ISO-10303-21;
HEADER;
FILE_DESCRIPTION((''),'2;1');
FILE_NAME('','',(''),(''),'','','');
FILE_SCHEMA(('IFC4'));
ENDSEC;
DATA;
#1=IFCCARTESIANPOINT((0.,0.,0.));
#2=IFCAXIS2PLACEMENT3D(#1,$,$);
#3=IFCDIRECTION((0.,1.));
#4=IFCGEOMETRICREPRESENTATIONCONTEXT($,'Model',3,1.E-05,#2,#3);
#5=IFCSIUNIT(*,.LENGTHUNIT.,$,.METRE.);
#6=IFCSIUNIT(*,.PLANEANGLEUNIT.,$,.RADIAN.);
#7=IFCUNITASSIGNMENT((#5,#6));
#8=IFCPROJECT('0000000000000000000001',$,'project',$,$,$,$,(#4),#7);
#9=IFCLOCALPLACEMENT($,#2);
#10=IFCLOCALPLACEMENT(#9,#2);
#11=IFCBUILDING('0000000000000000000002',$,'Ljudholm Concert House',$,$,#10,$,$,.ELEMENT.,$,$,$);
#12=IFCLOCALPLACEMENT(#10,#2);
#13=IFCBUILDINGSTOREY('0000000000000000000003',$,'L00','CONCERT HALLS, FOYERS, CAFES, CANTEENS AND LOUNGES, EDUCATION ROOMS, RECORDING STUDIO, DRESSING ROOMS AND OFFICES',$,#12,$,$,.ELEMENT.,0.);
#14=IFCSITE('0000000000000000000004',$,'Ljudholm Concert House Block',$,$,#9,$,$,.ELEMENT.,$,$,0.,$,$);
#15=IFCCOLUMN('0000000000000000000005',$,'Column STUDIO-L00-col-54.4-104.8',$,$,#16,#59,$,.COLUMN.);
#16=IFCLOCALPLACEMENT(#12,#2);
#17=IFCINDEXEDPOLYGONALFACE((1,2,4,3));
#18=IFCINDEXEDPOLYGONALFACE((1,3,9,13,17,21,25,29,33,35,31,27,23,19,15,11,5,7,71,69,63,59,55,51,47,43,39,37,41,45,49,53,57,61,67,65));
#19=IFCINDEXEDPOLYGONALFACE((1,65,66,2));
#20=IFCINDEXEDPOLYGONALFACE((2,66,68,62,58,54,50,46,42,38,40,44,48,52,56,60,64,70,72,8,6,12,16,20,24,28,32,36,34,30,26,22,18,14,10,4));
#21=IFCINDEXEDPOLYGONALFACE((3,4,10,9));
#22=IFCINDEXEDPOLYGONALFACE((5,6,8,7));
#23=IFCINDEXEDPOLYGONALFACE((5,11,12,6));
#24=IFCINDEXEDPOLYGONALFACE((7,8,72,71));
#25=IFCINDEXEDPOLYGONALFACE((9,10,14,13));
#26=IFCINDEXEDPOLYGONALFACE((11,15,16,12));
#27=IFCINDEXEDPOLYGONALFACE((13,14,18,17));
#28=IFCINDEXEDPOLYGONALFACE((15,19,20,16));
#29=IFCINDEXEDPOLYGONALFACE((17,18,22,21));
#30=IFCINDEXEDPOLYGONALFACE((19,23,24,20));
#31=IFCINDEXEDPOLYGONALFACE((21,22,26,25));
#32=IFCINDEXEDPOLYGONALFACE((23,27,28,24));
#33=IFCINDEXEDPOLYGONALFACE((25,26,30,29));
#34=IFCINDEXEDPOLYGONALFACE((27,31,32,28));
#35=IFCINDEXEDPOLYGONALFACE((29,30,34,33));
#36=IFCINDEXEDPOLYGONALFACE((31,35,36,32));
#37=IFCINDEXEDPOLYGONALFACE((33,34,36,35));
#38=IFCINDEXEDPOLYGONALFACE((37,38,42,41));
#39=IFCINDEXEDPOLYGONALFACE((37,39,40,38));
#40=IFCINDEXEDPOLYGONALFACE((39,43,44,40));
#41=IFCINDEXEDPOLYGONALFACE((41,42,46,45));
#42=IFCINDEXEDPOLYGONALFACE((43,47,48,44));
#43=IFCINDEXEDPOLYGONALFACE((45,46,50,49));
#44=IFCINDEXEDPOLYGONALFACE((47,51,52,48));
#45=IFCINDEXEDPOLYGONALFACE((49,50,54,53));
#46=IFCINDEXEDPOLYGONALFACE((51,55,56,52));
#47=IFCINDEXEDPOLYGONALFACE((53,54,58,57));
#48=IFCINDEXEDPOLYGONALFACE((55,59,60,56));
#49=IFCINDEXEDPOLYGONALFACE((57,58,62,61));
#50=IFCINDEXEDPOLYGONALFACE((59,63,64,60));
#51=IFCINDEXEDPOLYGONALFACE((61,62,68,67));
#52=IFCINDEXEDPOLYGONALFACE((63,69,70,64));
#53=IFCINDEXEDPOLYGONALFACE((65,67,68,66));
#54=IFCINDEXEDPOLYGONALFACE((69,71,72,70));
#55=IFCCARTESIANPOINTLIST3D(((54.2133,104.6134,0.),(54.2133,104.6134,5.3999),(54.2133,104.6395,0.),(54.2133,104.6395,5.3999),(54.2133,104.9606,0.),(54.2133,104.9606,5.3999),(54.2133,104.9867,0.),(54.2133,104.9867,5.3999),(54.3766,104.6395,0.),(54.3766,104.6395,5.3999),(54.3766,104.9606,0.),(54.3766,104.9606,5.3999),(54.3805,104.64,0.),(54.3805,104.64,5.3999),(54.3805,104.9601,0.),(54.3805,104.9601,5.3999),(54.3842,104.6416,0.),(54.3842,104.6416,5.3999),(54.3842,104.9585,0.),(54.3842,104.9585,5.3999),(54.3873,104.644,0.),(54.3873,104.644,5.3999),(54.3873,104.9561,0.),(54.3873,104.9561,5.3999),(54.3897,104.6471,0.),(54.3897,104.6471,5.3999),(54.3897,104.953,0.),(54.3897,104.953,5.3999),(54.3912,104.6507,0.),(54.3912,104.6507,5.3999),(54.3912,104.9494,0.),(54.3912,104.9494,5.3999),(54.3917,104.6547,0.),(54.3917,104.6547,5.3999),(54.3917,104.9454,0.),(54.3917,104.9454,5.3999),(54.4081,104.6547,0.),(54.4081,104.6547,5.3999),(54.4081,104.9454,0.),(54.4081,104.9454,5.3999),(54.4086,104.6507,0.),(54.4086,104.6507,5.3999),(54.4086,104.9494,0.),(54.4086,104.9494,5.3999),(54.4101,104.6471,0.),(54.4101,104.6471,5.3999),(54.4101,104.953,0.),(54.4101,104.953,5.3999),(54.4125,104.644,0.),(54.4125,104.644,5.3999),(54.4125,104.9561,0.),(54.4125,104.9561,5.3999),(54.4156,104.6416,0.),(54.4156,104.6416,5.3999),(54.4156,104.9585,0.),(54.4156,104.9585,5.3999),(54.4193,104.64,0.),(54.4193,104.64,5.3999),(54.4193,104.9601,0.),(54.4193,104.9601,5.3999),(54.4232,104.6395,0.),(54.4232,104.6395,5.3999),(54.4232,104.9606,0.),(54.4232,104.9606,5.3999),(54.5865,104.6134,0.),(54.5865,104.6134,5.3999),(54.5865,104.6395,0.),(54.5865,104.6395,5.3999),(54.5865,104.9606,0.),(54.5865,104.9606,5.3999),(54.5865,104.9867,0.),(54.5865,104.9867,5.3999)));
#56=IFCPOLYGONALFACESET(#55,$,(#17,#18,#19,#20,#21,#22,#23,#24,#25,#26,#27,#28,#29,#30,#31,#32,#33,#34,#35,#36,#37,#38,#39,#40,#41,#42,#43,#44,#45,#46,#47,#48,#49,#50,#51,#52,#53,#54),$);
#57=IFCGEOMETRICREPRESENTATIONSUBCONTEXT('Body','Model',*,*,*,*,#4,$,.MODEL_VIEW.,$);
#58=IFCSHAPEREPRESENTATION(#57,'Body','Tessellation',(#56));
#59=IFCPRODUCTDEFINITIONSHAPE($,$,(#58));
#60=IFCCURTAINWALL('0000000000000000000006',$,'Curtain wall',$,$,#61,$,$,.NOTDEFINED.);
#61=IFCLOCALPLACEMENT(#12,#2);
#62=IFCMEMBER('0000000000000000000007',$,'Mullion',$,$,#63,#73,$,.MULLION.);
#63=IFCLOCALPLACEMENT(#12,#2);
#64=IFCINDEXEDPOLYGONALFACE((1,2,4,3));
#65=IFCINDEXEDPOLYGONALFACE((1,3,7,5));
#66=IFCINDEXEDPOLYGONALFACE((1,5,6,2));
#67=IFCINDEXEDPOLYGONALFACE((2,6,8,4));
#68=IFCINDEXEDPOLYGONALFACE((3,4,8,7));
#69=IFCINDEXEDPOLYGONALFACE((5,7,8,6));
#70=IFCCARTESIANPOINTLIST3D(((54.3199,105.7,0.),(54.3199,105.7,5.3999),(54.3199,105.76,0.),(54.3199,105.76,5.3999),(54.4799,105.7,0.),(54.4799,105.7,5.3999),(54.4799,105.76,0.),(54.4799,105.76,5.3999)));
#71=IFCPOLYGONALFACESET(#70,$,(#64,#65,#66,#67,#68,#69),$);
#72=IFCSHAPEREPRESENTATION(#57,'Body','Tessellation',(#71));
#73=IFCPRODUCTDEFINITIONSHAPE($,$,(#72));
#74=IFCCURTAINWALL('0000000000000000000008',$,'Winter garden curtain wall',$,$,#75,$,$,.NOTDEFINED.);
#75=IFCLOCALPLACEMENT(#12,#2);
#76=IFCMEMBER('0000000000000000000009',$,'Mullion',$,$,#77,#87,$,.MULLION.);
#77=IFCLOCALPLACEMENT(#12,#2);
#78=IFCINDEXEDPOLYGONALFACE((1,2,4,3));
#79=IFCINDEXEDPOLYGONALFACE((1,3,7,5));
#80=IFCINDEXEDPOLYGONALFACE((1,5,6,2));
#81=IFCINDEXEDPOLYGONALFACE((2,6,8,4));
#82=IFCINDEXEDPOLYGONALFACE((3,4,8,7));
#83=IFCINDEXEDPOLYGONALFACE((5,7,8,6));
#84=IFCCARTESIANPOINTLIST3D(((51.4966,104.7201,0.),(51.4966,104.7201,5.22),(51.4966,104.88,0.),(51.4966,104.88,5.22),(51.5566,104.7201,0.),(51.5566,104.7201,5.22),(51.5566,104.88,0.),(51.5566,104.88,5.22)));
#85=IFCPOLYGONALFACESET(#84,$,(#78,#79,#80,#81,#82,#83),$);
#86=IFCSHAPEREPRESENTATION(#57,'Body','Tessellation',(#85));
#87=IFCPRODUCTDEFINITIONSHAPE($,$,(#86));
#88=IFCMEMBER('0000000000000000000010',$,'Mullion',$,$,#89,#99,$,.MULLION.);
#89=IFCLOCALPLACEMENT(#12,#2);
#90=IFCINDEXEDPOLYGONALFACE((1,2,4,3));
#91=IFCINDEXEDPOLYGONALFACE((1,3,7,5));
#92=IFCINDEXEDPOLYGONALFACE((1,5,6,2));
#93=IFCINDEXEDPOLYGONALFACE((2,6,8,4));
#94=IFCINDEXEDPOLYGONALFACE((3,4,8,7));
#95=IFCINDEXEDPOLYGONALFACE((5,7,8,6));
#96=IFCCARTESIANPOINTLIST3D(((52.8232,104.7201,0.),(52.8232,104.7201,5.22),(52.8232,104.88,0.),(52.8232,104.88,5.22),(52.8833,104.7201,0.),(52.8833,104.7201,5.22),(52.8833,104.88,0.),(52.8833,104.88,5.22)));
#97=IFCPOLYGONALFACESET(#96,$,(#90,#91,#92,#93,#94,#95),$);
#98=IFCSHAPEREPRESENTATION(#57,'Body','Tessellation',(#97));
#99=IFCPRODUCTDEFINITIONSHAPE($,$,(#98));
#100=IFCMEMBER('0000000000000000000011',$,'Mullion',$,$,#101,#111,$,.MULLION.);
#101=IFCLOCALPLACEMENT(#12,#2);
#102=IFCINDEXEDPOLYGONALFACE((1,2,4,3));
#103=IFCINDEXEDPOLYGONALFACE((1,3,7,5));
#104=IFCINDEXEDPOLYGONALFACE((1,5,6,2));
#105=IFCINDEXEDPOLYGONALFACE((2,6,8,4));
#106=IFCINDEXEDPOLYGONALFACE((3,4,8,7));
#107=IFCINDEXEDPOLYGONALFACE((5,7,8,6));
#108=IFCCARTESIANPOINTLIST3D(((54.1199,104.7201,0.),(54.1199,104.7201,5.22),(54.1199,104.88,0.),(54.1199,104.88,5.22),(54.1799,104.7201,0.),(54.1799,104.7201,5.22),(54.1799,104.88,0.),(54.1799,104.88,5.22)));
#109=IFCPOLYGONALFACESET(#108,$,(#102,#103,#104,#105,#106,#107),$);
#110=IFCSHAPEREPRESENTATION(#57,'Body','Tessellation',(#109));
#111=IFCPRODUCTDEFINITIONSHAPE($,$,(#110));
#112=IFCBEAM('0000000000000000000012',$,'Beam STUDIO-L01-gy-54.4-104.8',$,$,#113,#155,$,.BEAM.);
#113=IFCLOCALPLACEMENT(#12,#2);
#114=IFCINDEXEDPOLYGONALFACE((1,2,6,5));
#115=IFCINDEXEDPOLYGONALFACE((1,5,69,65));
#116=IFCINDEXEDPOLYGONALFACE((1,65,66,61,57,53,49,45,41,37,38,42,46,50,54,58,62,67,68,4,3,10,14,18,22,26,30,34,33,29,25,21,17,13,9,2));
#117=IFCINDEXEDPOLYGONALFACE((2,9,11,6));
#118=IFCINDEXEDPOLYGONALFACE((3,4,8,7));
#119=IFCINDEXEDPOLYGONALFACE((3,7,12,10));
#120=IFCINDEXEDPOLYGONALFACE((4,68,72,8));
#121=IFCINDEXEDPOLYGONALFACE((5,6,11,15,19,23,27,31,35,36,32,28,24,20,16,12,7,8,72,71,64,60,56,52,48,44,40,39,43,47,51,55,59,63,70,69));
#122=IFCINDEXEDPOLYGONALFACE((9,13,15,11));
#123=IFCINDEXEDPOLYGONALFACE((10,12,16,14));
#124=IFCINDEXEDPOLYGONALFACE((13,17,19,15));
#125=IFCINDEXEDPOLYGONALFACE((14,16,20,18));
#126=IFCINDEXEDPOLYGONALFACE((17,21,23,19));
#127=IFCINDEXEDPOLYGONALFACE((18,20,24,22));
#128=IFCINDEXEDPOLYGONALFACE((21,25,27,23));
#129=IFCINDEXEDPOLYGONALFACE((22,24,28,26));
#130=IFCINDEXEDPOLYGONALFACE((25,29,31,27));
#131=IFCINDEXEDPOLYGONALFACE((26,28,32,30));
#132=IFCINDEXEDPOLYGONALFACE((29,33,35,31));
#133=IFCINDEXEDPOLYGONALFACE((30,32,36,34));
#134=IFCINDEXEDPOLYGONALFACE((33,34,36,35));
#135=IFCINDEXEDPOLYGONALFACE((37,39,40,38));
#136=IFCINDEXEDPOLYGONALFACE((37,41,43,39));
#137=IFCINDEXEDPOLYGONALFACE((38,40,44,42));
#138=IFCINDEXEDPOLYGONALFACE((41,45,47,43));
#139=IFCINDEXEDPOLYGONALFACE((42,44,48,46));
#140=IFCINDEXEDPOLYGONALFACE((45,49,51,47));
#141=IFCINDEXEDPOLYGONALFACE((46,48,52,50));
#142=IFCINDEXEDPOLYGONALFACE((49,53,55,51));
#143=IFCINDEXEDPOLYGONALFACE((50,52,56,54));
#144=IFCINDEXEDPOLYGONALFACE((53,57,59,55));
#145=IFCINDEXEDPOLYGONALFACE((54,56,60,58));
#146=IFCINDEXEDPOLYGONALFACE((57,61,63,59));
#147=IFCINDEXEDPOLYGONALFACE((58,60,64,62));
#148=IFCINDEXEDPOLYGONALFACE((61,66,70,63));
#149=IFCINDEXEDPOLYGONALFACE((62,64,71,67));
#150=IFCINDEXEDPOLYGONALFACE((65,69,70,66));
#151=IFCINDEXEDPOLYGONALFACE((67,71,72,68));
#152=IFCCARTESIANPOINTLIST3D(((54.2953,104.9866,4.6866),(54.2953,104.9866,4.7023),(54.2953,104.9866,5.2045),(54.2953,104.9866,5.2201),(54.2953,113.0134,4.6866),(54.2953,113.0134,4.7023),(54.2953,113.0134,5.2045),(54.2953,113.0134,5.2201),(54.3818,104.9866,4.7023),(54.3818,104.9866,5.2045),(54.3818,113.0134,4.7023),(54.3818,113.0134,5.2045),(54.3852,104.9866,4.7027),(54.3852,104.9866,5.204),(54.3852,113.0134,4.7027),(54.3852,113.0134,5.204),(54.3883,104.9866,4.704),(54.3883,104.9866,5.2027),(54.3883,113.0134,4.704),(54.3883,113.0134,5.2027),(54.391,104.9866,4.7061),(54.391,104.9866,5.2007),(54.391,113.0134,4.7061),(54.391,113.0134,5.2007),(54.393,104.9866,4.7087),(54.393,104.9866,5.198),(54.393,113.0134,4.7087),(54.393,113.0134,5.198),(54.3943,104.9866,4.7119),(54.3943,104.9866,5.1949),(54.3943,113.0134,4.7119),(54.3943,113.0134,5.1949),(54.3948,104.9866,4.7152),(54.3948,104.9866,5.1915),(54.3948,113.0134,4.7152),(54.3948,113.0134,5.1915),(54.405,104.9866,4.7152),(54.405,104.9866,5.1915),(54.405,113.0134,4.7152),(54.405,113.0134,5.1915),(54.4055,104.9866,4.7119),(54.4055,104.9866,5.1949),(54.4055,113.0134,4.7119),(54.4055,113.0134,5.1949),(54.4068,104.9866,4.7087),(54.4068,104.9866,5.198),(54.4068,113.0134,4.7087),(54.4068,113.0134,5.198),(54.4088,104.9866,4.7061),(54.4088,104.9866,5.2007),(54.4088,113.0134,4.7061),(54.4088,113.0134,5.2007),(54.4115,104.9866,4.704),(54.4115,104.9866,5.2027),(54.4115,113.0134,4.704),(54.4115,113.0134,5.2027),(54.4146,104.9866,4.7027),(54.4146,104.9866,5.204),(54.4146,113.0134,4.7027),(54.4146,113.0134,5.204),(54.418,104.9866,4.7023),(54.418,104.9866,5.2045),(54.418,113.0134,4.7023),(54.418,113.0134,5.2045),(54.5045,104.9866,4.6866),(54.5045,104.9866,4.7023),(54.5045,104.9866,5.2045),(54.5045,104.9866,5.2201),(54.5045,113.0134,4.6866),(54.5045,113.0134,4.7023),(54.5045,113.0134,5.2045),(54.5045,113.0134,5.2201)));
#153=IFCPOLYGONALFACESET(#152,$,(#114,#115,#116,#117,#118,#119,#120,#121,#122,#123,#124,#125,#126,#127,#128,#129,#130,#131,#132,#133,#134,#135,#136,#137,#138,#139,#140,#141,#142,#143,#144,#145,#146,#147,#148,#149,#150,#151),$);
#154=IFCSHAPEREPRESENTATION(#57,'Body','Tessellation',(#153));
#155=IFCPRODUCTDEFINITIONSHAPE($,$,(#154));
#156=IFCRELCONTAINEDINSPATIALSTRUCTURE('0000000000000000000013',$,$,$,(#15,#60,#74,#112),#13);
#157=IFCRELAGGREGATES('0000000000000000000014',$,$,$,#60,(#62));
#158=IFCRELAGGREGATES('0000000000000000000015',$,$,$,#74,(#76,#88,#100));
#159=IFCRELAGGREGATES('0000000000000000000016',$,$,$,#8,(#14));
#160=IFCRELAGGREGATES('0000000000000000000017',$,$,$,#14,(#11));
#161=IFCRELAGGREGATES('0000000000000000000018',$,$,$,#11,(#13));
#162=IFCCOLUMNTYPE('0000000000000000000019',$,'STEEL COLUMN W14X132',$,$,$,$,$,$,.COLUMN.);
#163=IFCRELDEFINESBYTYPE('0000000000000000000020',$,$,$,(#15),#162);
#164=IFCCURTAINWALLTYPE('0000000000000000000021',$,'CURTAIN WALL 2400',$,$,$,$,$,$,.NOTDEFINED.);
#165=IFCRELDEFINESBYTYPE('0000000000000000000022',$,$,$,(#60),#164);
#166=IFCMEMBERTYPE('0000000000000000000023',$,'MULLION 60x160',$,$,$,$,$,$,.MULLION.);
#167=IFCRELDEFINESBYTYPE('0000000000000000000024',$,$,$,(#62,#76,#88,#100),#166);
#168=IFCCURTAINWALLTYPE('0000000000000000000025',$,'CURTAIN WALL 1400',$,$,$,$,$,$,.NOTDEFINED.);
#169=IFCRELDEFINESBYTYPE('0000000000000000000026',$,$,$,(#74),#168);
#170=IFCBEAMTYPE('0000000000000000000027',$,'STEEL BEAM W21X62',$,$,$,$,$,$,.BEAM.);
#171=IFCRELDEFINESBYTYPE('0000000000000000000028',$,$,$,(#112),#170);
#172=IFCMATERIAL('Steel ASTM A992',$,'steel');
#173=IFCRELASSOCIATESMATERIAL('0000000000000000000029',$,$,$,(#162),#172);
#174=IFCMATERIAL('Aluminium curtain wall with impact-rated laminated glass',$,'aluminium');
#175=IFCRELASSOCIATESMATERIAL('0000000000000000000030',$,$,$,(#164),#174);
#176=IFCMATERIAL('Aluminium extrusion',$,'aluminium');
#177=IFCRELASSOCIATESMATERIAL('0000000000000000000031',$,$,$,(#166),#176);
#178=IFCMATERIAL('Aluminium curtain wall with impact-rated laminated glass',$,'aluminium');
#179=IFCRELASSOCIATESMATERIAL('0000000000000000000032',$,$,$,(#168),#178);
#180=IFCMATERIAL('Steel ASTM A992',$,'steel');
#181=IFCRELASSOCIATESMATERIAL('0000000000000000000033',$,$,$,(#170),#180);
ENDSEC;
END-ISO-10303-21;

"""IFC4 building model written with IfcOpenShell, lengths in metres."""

from ifc_helpers import new_model, si_unit, direction, frame, origin, origin_2d, place, context, subcontext, project, spatial, rectangle, i_section, extrude, material, material_profile, profile_set, type_object, element, aggregate, save


model = new_model("IFC4")

# Units and contexts
model_context = context("Model", 3, precision=1e-05, world=origin(), true_north=direction((0.0, 1.0)))
body_context = subcontext(model_context, "Body", "Model", "MODEL_VIEW")
ifc_project = project(units=[si_unit("LENGTHUNIT", "METRE"), si_unit("PLANEANGLEUNIT", "RADIAN")], contexts=[model_context])

# Site, building, storey
site_placement = place(None, origin())
site = spatial("IfcSite", under=ifc_project, at=site_placement, Name="Ljudholm Concert House Block", CompositionType="ELEMENT", RefElevation=0.0)
building_placement = place(site_placement, origin())
building = spatial("IfcBuilding", under=site, at=building_placement, Name="Ljudholm Concert House", CompositionType="ELEMENT")
storey_placement = place(building_placement, origin())
storey = spatial("IfcBuildingStorey", under=building, at=storey_placement, Name="L00", Description="CONCERT HALLS, FOYERS, CAFES, CANTEENS AND LOUNGES, EDUCATION ROOMS, RECORDING STUDIO, DRESSING ROOMS AND OFFICES", CompositionType="ELEMENT", Elevation=0.0)

# Column
ifc_material_1 = material(Name="Steel ASTM A992", Category="steel")
ifc_material_profile_1 = material_profile(ifc_material_1, i_section(OverallWidth=0.3733, OverallDepth=0.3733, WebThickness=0.0164, FlangeThickness=0.0261, FilletRadius=0.0151, at=origin_2d()), Name="W14X132")
ifc_profile_set_1 = profile_set([ifc_material_profile_1], Name="Steel ASTM A992")
column_type = type_object("IfcColumnType", Name="STEEL COLUMN W14X132", PredefinedType="COLUMN", material=ifc_profile_set_1)
column_placement = place(storey_placement, frame((54.3999, 104.8, 0.0), z_axis=(0.0, 0.0, 1.0), x_axis=(1.0, 0.0, 0.0)))
element("IfcColumn", 1, at=column_placement, inside=storey, type_object=column_type, Name="Column STUDIO-L00-col-54.4-104.8", PredefinedType="COLUMN", context=body_context, shape_type="SweptSolid", body=[
    extrude(i_section(OverallWidth=0.3733, OverallDepth=0.3733, WebThickness=0.0164, FlangeThickness=0.0261, FilletRadius=0.0151, at=origin_2d()), origin(), (0.0, 0.0, 1.0), 5.3999),
])

# Curtain wall, member
ifc_material_2 = material(Name="Aluminium curtain wall with impact-rated laminated glass", Category="aluminium")
curtain_wall_type_1 = type_object("IfcCurtainWallType", Name="CURTAIN WALL 2400", PredefinedType="NOTDEFINED", material=ifc_material_2)
curtain_wall_1_placement = place(storey_placement, origin())
curtain_wall_1 = element("IfcCurtainWall", 2, at=curtain_wall_1_placement, inside=storey, type_object=curtain_wall_type_1, Name="Curtain wall", PredefinedType="NOTDEFINED")
ifc_material_3 = material(Name="Aluminium extrusion", Category="aluminium")
ifc_material_profile_2 = material_profile(ifc_material_3, rectangle(XDim=0.1599, YDim=0.0601, at=origin_2d()), Name="MULLION 60x160")
ifc_profile_set_2 = profile_set([ifc_material_profile_2], Name="Aluminium extrusion")
member_type_1 = type_object("IfcMemberType", Name="MULLION 60x160", PredefinedType="MULLION", material=ifc_profile_set_2)
member_1_placement = place(storey_placement, frame((54.3999, 105.73, 0.0), z_axis=(0.0, 0.0, 1.0), x_axis=(-1.0, 0.0, 0.0)))
member_1 = element("IfcMember", 3, at=member_1_placement, type_object=member_type_1, Name="Mullion", PredefinedType="MULLION", context=body_context, shape_type="SweptSolid", body=[
    extrude(rectangle(XDim=0.1599, YDim=0.0601, at=origin_2d()), origin(), (0.0, 0.0, 1.0), 5.3999),
])

# Curtain wall, members
ifc_material_4 = material(Name="Aluminium curtain wall with impact-rated laminated glass", Category="aluminium")
curtain_wall_type_2 = type_object("IfcCurtainWallType", Name="CURTAIN WALL 1400", PredefinedType="NOTDEFINED", material=ifc_material_4)
curtain_wall_2_placement = place(storey_placement, origin())
curtain_wall_2 = element("IfcCurtainWall", 4, at=curtain_wall_2_placement, inside=storey, type_object=curtain_wall_type_2, Name="Winter garden curtain wall", PredefinedType="NOTDEFINED")
member_2_placement = place(storey_placement, frame((51.5266, 104.8, 0.0), z_axis=(0.0, 0.0, 1.0), x_axis=(0.0, 1.0, 0.0)))
member_2 = element("IfcMember", 5, at=member_2_placement, type_object=member_type_1, Name="Mullion", PredefinedType="MULLION", context=body_context, shape_type="SweptSolid", body=[
    extrude(rectangle(XDim=0.1599, YDim=0.0601, at=origin_2d()), origin(), (0.0, 0.0, 1.0), 5.22),
])
member_3_placement = place(storey_placement, frame((52.8533, 104.8, 0.0), z_axis=(0.0, 0.0, 1.0), x_axis=(0.0, 1.0, 0.0)))
member_3 = element("IfcMember", 6, at=member_3_placement, type_object=member_type_1, Name="Mullion", PredefinedType="MULLION", context=body_context, shape_type="SweptSolid", body=[
    extrude(rectangle(XDim=0.1599, YDim=0.0601, at=origin_2d()), origin(), (0.0, 0.0, 1.0), 5.22),
])
member_4_placement = place(storey_placement, frame((54.1499, 104.8, 0.0), z_axis=(0.0, 0.0, 1.0), x_axis=(0.0, 1.0, 0.0)))
member_4 = element("IfcMember", 7, at=member_4_placement, type_object=member_type_1, Name="Mullion", PredefinedType="MULLION", context=body_context, shape_type="SweptSolid", body=[
    extrude(rectangle(XDim=0.1599, YDim=0.0601, at=origin_2d()), origin(), (0.0, 0.0, 1.0), 5.22),
])

# Beam
ifc_material_5 = material(Name="Steel ASTM A992", Category="steel")
ifc_material_profile_3 = material_profile(ifc_material_5, i_section(OverallWidth=0.2092, OverallDepth=0.5334, WebThickness=0.0103, FlangeThickness=0.0156, FilletRadius=0.0129, at=origin_2d()), Name="W21X62")
ifc_profile_set_3 = profile_set([ifc_material_profile_3], Name="Steel ASTM A992")
beam_type = type_object("IfcBeamType", Name="STEEL BEAM W21X62", PredefinedType="BEAM", material=ifc_profile_set_3)
beam_placement = place(storey_placement, frame((54.3999, 104.9866, 4.9534), z_axis=(0.0, 1.0, 0.0), x_axis=(-1.0, 0.0, 0.0)))
element("IfcBeam", 8, at=beam_placement, inside=storey, type_object=beam_type, Name="Beam STUDIO-L01-gy-54.4-104.8", PredefinedType="BEAM", context=body_context, shape_type="SweptSolid", body=[
    extrude(i_section(OverallWidth=0.2092, OverallDepth=0.5334, WebThickness=0.0103, FlangeThickness=0.0156, FilletRadius=0.0129, at=origin_2d()), origin(), (0.0, 0.0, 1.0), 8.0269),
])

aggregate(curtain_wall_1, [member_1])

aggregate(curtain_wall_2, [member_2, member_3, member_4])

save(model, "model.ifc")
